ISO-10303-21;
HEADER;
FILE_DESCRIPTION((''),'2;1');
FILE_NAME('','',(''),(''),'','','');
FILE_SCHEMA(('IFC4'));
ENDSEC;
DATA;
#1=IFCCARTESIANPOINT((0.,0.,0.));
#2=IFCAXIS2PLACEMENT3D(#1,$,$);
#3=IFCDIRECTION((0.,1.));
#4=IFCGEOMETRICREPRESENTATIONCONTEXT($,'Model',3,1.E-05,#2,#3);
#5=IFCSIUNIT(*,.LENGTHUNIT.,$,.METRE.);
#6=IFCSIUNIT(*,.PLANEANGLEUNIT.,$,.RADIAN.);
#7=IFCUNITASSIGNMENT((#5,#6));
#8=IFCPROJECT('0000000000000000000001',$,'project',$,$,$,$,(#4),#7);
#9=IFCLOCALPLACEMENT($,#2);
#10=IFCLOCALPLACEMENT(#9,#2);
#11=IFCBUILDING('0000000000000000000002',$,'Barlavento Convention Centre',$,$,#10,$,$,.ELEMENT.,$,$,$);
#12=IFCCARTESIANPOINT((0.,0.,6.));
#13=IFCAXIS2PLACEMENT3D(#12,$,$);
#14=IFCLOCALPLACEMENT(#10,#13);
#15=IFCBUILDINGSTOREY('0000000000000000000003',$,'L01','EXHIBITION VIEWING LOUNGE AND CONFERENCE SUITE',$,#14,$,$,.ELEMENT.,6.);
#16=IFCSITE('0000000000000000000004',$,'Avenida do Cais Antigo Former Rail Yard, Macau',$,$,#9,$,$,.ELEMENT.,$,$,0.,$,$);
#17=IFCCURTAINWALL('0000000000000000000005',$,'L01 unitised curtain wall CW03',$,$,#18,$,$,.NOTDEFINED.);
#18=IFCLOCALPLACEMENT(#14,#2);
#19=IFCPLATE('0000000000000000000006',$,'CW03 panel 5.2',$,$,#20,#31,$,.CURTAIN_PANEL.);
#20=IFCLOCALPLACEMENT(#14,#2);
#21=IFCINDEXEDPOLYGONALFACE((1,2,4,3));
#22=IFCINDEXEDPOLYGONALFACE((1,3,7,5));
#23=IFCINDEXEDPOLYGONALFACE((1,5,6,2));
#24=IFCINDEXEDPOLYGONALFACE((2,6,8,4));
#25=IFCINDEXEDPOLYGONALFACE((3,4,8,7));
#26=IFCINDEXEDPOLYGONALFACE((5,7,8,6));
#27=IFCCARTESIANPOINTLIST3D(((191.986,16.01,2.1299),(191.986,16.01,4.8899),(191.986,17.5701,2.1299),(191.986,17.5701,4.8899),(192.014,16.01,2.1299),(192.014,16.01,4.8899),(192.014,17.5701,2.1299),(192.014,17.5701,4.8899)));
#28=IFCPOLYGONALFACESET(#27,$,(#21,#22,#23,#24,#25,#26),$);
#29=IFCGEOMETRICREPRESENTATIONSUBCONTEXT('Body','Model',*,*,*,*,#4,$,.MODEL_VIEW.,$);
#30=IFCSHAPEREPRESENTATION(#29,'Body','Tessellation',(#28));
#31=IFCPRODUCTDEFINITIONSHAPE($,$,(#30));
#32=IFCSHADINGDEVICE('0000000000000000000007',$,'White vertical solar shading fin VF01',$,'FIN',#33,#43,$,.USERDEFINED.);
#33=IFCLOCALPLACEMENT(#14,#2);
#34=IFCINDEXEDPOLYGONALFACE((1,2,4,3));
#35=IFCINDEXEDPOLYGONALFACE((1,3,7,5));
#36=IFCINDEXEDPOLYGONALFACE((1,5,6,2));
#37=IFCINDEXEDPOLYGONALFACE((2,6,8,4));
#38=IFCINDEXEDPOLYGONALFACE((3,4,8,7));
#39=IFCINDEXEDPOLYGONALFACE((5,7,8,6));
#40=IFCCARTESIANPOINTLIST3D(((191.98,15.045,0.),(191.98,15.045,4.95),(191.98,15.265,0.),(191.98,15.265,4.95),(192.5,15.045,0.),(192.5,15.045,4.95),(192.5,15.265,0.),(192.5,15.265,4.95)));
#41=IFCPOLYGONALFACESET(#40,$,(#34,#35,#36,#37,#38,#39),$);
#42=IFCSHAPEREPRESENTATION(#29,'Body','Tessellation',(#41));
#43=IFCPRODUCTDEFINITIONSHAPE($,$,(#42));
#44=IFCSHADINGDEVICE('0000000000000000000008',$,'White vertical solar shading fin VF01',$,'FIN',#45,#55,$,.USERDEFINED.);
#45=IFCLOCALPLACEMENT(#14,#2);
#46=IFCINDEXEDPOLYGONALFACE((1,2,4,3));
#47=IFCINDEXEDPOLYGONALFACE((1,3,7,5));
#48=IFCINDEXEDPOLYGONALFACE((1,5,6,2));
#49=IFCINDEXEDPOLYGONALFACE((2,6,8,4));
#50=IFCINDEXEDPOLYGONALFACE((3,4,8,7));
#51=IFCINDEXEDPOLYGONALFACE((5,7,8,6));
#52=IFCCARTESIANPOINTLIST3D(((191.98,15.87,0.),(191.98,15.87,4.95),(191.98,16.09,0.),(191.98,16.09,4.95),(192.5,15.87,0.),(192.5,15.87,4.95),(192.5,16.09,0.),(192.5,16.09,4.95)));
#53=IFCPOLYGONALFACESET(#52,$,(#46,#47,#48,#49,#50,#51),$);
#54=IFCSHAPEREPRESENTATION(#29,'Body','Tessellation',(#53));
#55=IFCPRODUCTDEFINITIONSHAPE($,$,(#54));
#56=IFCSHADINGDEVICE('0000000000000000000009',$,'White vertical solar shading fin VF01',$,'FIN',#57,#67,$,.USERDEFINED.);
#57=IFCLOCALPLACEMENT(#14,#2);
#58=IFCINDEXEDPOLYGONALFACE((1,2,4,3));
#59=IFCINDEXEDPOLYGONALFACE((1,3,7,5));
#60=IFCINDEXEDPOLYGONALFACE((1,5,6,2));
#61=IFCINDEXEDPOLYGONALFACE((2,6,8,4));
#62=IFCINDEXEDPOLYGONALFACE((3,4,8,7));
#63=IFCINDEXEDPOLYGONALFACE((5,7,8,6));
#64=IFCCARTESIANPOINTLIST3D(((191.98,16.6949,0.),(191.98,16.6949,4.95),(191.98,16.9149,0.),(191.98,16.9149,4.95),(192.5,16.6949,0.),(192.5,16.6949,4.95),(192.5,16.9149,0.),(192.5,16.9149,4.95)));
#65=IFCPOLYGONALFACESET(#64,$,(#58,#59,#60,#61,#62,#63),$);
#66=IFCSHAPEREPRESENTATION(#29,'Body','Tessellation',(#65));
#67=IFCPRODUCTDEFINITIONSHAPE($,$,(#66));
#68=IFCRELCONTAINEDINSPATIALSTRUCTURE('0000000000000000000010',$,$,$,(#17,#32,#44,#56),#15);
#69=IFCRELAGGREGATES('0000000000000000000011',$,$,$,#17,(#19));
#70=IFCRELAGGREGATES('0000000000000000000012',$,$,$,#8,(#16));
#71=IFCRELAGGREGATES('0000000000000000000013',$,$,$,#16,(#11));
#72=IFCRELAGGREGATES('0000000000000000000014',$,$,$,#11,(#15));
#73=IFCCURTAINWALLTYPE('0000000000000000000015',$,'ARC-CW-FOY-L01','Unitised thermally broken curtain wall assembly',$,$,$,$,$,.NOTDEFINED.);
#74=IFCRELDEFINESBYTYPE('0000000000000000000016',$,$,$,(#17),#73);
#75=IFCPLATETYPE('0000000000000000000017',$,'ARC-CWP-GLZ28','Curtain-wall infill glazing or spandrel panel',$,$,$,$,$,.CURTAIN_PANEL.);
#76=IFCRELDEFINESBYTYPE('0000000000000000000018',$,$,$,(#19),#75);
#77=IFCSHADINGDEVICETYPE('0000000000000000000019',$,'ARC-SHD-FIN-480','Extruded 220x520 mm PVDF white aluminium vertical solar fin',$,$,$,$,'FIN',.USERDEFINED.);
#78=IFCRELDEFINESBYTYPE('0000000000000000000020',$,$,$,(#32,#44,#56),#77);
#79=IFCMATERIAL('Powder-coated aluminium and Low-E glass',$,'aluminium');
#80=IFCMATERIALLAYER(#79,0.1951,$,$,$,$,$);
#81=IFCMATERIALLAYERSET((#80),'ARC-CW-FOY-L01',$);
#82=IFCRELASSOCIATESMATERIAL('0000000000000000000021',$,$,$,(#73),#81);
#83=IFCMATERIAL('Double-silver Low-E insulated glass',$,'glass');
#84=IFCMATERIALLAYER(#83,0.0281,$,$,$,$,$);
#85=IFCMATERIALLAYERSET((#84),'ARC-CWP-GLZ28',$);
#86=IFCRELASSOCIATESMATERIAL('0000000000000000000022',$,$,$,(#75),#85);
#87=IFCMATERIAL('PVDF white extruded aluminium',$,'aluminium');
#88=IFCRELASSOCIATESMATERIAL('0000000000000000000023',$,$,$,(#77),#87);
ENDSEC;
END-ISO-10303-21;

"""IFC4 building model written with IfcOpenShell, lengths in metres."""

from ifc_helpers import new_model, si_unit, direction, frame, origin, origin_2d, place, context, subcontext, project, spatial, rectangle, extrude, material, layer, layer_set, type_object, element, aggregate, save


model = new_model("IFC4")

# Units and contexts
model_context = context("Model", 3, precision=1e-05, world=origin(), true_north=direction((0.0, 1.0)))
body_context = subcontext(model_context, "Body", "Model", "MODEL_VIEW")
ifc_project = project(units=[si_unit("LENGTHUNIT", "METRE"), si_unit("PLANEANGLEUNIT", "RADIAN")], contexts=[model_context])

# Site, building, storey
site_placement = place(None, origin())
site = spatial("IfcSite", under=ifc_project, at=site_placement, Name="Avenida do Cais Antigo Former Rail Yard, Macau", CompositionType="ELEMENT", RefElevation=0.0)
building_placement = place(site_placement, origin())
building = spatial("IfcBuilding", under=site, at=building_placement, Name="Barlavento Convention Centre", CompositionType="ELEMENT")
storey_placement = place(building_placement, frame((0.0, 0.0, 6.0)))
storey = spatial("IfcBuildingStorey", under=building, at=storey_placement, Name="L01", Description="EXHIBITION VIEWING LOUNGE AND CONFERENCE SUITE", CompositionType="ELEMENT", Elevation=6.0)

# Curtain wall
ifc_material_1 = material(Name="Powder-coated aluminium and Low-E glass", Category="aluminium")
ifc_layer_1 = layer(ifc_material_1, 0.1951)
ifc_layer_set_1 = layer_set([ifc_layer_1], Name="ARC-CW-FOY-L01")
curtain_wall_type = type_object("IfcCurtainWallType", Name="ARC-CW-FOY-L01", Description="Unitised thermally broken curtain wall assembly", PredefinedType="NOTDEFINED", material=ifc_layer_set_1)
curtain_wall_1_placement = place(storey_placement, origin())
curtain_wall_1 = element("IfcCurtainWall", 1, at=curtain_wall_1_placement, inside=storey, type_object=curtain_wall_type, Name="L01 unitised curtain wall CW03", PredefinedType="NOTDEFINED")

# Plate
ifc_material_2 = material(Name="Double-silver Low-E insulated glass", Category="glass")
ifc_layer_2 = layer(ifc_material_2, 0.0281)
ifc_layer_set_2 = layer_set([ifc_layer_2], Name="ARC-CWP-GLZ28")
plate_type = type_object("IfcPlateType", Name="ARC-CWP-GLZ28", Description="Curtain-wall infill glazing or spandrel panel", PredefinedType="CURTAIN_PANEL", material=ifc_layer_set_2)
plate_1_placement = place(storey_placement, frame((192.0, 16.79, 2.1299), z_axis=(0.0, 0.0, 1.0), x_axis=(0.0, 1.0, 0.0)))
plate_1 = element("IfcPlate", 2, at=plate_1_placement, type_object=plate_type, Name="CW03 panel 5.2", PredefinedType="CURTAIN_PANEL", context=body_context, shape_type="SweptSolid", body=[
    extrude(rectangle(XDim=1.5601, YDim=0.0281, at=origin_2d()), origin(), (0.0, 0.0, 1.0), 2.76),
])
aggregate(curtain_wall_1, [plate_1])

# Shading devices
ifc_material_3 = material(Name="PVDF white extruded aluminium", Category="aluminium")
shading_device_type = type_object("IfcShadingDeviceType", Name="ARC-SHD-FIN-480", Description="Extruded 220x520 mm PVDF white aluminium vertical solar fin", ElementType="FIN", PredefinedType="USERDEFINED", material=ifc_material_3)
for number, where, z_axis, x_axis, name in (
    (3, (192.24, 15.155, 0.0), (0.0, 0.0, 1.0), (0.0, 1.0, 0.0), "White vertical solar shading fin VF01"),
    (4, (192.24, 15.98, 0.0), (0.0, 0.0, 1.0), (0.0, 1.0, 0.0), "White vertical solar shading fin VF01"),
    (5, (192.24, 16.8049, 0.0), (0.0, 0.0, 1.0), (0.0, 1.0, 0.0), "White vertical solar shading fin VF01"),
):
    element("IfcShadingDevice", number, at=place(storey_placement, frame(where, z_axis=z_axis, x_axis=x_axis)), inside=storey, type_object=shading_device_type, Name=name, ObjectType="FIN", PredefinedType="USERDEFINED", context=body_context, shape_type="SweptSolid", body=[
        extrude(rectangle(XDim=0.22, YDim=0.52, at=origin_2d()), origin(), (0.0, 0.0, 1.0), 4.95),
    ])

save(model, "model.ifc")
